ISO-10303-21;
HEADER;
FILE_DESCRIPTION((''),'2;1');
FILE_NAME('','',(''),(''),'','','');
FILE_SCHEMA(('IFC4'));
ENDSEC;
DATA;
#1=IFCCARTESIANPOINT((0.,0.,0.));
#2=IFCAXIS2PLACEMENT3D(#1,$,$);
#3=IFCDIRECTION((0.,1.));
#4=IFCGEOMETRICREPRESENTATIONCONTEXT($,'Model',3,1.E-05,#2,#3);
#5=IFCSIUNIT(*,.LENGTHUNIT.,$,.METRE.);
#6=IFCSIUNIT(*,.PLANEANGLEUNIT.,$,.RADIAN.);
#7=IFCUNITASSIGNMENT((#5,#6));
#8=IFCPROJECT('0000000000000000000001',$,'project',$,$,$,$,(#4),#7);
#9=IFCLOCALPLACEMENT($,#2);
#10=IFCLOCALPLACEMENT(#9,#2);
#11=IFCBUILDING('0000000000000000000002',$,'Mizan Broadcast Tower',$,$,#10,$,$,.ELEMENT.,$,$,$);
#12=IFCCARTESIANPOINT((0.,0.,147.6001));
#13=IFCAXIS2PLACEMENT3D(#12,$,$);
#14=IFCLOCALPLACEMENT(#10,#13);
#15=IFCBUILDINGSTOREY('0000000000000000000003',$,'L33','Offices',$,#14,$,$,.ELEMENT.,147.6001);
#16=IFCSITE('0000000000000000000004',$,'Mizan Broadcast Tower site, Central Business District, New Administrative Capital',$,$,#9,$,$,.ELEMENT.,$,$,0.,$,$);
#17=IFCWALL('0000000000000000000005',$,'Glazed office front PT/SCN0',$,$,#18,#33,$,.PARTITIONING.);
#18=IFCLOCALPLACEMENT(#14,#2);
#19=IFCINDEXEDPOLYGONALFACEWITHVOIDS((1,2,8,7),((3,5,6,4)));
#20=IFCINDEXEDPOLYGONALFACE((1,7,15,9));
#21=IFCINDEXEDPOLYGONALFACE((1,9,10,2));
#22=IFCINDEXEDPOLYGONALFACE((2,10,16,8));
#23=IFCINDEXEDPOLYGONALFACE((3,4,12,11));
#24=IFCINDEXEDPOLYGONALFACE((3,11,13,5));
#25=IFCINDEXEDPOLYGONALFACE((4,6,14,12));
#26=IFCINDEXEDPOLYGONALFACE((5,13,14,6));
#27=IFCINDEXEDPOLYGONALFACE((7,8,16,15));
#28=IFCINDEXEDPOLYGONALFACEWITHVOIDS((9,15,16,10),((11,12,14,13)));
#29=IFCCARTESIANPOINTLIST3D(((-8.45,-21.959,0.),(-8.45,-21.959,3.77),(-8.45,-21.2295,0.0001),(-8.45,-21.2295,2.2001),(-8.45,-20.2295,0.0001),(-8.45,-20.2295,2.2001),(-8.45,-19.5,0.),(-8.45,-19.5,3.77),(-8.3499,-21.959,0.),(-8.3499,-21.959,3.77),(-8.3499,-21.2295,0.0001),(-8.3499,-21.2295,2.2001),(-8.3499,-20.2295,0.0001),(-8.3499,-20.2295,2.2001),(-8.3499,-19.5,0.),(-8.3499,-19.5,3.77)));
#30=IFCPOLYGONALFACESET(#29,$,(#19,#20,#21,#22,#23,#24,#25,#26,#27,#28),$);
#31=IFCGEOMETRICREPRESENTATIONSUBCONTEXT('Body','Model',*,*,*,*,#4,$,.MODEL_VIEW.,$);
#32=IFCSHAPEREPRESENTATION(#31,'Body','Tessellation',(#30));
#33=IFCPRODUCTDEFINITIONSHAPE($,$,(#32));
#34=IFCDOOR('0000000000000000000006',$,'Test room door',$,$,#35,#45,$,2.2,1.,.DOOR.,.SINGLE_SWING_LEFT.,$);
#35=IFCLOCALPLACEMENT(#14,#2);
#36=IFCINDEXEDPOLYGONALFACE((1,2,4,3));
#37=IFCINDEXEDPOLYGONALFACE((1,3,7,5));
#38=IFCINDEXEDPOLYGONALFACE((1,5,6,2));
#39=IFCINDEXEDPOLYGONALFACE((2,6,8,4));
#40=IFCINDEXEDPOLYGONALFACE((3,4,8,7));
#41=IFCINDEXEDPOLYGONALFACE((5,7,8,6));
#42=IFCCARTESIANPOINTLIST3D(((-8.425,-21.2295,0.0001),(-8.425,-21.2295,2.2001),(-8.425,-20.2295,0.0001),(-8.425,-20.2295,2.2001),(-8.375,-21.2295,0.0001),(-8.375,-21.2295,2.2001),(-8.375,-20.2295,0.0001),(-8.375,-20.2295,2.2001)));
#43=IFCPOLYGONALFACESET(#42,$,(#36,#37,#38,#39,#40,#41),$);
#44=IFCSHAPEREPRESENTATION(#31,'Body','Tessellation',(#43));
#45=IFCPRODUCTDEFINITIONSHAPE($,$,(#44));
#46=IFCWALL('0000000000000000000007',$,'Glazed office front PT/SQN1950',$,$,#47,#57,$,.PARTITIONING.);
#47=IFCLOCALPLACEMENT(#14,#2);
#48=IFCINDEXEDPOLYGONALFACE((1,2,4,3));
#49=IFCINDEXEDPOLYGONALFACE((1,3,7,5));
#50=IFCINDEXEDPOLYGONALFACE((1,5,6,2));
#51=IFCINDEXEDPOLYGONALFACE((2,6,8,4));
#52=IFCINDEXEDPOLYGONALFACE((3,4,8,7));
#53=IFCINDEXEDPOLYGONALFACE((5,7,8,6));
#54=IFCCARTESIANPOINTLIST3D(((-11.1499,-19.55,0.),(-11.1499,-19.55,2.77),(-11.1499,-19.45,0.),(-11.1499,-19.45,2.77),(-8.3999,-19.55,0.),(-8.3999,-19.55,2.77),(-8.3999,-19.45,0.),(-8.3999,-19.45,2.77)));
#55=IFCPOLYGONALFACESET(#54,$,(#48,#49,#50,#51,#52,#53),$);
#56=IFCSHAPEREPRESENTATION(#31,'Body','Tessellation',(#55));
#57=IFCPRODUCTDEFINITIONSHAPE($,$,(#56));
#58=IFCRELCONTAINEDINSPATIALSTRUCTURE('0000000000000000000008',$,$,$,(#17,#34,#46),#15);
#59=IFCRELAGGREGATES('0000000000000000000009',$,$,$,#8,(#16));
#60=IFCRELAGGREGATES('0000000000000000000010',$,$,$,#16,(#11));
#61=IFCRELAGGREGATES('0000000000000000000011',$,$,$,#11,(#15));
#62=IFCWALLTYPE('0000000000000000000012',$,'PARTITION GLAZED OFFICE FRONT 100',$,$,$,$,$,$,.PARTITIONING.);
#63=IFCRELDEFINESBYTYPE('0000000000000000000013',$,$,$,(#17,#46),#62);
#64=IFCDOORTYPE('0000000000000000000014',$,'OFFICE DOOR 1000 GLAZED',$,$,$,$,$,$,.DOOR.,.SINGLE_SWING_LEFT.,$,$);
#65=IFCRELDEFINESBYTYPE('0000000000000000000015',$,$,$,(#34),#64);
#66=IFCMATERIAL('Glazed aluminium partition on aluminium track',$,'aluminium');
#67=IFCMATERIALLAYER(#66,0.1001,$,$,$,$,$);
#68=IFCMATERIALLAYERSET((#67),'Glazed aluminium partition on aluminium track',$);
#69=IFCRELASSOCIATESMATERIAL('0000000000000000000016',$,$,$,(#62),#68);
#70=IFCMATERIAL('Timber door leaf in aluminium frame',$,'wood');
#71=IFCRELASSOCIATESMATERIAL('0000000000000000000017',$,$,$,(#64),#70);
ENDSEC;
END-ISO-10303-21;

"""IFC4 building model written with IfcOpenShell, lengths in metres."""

from ifc_helpers import new_model, si_unit, direction, frame, frame_2d, origin, place, context, subcontext, project, spatial, rectangle, extrude, material, layer, layer_set, type_object, element, fill, save


model = new_model("IFC4")

# Units and contexts
model_context = context("Model", 3, precision=1e-05, world=origin(), true_north=direction((0.0, 1.0)))
body_context = subcontext(model_context, "Body", "Model", "MODEL_VIEW")
ifc_project = project(units=[si_unit("LENGTHUNIT", "METRE"), si_unit("PLANEANGLEUNIT", "RADIAN")], contexts=[model_context])

# Site, building, storey
site_placement = place(None, origin())
site = spatial("IfcSite", under=ifc_project, at=site_placement, Name="Mizan Broadcast Tower site, Central Business District, New Administrative Capital", CompositionType="ELEMENT", RefElevation=0.0)
building_placement = place(site_placement, origin())
building = spatial("IfcBuilding", under=site, at=building_placement, Name="Mizan Broadcast Tower", CompositionType="ELEMENT")
storey_placement = place(building_placement, frame((0.0, 0.0, 147.6001)))
storey = spatial("IfcBuildingStorey", under=building, at=storey_placement, Name="L33", Description="Offices", CompositionType="ELEMENT", Elevation=147.6001)

# Wall, opening, door
ifc_material_1 = material(Name="Glazed aluminium partition on aluminium track", Category="aluminium")
ifc_layer_1 = layer(ifc_material_1, 0.1001)
ifc_layer_set_1 = layer_set([ifc_layer_1], Name="Glazed aluminium partition on aluminium track")
wall_type_1 = type_object("IfcWallType", Name="PARTITION GLAZED OFFICE FRONT 100", PredefinedType="PARTITIONING", material=ifc_layer_set_1)
wall_1_placement = place(storey_placement, frame((-8.3999, -19.5, 0.0), z_axis=(0.0, 0.0, 1.0), x_axis=(0.0, -1.0, 0.0)))
wall_1 = element("IfcWall", 1, at=wall_1_placement, inside=storey, type_object=wall_type_1, Name="Glazed office front PT/SCN0", PredefinedType="PARTITIONING", context=body_context, shape_type="SweptSolid", body=[
    extrude(rectangle(XDim=2.459, YDim=0.1001, at=frame_2d((1.2295, 0.0))), origin(), (0.0, 0.0, 1.0), 3.77),
])
opening_placement = place(wall_1_placement, frame((0.7295, 0.0, 0.0)))
opening = element("IfcOpeningElement", 2, at=opening_placement, cuts=wall_1, PredefinedType="OPENING", context=body_context, shape_type="SweptSolid", body=[
    extrude(rectangle(XDim=1.0, YDim=2.2, at=frame_2d((0.5, 1.1001))), frame((0.0, 0.0601, 0.0), z_axis=(0.0, -1.0, 0.0), x_axis=(1.0, 0.0, 0.0)), (0.0, 0.0, 1.0), 0.1201),
])
ifc_material_2 = material(Name="Timber door leaf in aluminium frame", Category="wood")
door_type = type_object("IfcDoorType", Name="OFFICE DOOR 1000 GLAZED", OperationType="SINGLE_SWING_LEFT", PredefinedType="DOOR", material=ifc_material_2)
door_placement = place(opening_placement, origin())
door = element("IfcDoor", 3, at=door_placement, inside=storey, type_object=door_type, Name="Test room door", OperationType="SINGLE_SWING_LEFT", OverallHeight=2.2, OverallWidth=1.0, PredefinedType="DOOR", context=body_context, shape_type="SweptSolid", body=[
    extrude(rectangle(XDim=1.0, YDim=2.2, at=frame_2d((0.5, 1.1001))), frame((0.0, 0.0249, 0.0), z_axis=(0.0, -1.0, 0.0), x_axis=(1.0, 0.0, 0.0)), (0.0, 0.0, 1.0), 0.05),
])
fill(opening, door)

# Wall
wall_2_placement = place(storey_placement, frame((-8.3999, -19.5, 0.0), z_axis=(0.0, 0.0, 1.0), x_axis=(-1.0, 0.0, 0.0)))
element("IfcWall", 4, at=wall_2_placement, inside=storey, type_object=wall_type_1, Name="Glazed office front PT/SQN1950", PredefinedType="PARTITIONING", context=body_context, shape_type="SweptSolid", body=[
    extrude(rectangle(XDim=2.75, YDim=0.1001, at=frame_2d((1.375, 0.0))), origin(), (0.0, 0.0, 1.0), 2.77),
])

save(model, "model.ifc")
